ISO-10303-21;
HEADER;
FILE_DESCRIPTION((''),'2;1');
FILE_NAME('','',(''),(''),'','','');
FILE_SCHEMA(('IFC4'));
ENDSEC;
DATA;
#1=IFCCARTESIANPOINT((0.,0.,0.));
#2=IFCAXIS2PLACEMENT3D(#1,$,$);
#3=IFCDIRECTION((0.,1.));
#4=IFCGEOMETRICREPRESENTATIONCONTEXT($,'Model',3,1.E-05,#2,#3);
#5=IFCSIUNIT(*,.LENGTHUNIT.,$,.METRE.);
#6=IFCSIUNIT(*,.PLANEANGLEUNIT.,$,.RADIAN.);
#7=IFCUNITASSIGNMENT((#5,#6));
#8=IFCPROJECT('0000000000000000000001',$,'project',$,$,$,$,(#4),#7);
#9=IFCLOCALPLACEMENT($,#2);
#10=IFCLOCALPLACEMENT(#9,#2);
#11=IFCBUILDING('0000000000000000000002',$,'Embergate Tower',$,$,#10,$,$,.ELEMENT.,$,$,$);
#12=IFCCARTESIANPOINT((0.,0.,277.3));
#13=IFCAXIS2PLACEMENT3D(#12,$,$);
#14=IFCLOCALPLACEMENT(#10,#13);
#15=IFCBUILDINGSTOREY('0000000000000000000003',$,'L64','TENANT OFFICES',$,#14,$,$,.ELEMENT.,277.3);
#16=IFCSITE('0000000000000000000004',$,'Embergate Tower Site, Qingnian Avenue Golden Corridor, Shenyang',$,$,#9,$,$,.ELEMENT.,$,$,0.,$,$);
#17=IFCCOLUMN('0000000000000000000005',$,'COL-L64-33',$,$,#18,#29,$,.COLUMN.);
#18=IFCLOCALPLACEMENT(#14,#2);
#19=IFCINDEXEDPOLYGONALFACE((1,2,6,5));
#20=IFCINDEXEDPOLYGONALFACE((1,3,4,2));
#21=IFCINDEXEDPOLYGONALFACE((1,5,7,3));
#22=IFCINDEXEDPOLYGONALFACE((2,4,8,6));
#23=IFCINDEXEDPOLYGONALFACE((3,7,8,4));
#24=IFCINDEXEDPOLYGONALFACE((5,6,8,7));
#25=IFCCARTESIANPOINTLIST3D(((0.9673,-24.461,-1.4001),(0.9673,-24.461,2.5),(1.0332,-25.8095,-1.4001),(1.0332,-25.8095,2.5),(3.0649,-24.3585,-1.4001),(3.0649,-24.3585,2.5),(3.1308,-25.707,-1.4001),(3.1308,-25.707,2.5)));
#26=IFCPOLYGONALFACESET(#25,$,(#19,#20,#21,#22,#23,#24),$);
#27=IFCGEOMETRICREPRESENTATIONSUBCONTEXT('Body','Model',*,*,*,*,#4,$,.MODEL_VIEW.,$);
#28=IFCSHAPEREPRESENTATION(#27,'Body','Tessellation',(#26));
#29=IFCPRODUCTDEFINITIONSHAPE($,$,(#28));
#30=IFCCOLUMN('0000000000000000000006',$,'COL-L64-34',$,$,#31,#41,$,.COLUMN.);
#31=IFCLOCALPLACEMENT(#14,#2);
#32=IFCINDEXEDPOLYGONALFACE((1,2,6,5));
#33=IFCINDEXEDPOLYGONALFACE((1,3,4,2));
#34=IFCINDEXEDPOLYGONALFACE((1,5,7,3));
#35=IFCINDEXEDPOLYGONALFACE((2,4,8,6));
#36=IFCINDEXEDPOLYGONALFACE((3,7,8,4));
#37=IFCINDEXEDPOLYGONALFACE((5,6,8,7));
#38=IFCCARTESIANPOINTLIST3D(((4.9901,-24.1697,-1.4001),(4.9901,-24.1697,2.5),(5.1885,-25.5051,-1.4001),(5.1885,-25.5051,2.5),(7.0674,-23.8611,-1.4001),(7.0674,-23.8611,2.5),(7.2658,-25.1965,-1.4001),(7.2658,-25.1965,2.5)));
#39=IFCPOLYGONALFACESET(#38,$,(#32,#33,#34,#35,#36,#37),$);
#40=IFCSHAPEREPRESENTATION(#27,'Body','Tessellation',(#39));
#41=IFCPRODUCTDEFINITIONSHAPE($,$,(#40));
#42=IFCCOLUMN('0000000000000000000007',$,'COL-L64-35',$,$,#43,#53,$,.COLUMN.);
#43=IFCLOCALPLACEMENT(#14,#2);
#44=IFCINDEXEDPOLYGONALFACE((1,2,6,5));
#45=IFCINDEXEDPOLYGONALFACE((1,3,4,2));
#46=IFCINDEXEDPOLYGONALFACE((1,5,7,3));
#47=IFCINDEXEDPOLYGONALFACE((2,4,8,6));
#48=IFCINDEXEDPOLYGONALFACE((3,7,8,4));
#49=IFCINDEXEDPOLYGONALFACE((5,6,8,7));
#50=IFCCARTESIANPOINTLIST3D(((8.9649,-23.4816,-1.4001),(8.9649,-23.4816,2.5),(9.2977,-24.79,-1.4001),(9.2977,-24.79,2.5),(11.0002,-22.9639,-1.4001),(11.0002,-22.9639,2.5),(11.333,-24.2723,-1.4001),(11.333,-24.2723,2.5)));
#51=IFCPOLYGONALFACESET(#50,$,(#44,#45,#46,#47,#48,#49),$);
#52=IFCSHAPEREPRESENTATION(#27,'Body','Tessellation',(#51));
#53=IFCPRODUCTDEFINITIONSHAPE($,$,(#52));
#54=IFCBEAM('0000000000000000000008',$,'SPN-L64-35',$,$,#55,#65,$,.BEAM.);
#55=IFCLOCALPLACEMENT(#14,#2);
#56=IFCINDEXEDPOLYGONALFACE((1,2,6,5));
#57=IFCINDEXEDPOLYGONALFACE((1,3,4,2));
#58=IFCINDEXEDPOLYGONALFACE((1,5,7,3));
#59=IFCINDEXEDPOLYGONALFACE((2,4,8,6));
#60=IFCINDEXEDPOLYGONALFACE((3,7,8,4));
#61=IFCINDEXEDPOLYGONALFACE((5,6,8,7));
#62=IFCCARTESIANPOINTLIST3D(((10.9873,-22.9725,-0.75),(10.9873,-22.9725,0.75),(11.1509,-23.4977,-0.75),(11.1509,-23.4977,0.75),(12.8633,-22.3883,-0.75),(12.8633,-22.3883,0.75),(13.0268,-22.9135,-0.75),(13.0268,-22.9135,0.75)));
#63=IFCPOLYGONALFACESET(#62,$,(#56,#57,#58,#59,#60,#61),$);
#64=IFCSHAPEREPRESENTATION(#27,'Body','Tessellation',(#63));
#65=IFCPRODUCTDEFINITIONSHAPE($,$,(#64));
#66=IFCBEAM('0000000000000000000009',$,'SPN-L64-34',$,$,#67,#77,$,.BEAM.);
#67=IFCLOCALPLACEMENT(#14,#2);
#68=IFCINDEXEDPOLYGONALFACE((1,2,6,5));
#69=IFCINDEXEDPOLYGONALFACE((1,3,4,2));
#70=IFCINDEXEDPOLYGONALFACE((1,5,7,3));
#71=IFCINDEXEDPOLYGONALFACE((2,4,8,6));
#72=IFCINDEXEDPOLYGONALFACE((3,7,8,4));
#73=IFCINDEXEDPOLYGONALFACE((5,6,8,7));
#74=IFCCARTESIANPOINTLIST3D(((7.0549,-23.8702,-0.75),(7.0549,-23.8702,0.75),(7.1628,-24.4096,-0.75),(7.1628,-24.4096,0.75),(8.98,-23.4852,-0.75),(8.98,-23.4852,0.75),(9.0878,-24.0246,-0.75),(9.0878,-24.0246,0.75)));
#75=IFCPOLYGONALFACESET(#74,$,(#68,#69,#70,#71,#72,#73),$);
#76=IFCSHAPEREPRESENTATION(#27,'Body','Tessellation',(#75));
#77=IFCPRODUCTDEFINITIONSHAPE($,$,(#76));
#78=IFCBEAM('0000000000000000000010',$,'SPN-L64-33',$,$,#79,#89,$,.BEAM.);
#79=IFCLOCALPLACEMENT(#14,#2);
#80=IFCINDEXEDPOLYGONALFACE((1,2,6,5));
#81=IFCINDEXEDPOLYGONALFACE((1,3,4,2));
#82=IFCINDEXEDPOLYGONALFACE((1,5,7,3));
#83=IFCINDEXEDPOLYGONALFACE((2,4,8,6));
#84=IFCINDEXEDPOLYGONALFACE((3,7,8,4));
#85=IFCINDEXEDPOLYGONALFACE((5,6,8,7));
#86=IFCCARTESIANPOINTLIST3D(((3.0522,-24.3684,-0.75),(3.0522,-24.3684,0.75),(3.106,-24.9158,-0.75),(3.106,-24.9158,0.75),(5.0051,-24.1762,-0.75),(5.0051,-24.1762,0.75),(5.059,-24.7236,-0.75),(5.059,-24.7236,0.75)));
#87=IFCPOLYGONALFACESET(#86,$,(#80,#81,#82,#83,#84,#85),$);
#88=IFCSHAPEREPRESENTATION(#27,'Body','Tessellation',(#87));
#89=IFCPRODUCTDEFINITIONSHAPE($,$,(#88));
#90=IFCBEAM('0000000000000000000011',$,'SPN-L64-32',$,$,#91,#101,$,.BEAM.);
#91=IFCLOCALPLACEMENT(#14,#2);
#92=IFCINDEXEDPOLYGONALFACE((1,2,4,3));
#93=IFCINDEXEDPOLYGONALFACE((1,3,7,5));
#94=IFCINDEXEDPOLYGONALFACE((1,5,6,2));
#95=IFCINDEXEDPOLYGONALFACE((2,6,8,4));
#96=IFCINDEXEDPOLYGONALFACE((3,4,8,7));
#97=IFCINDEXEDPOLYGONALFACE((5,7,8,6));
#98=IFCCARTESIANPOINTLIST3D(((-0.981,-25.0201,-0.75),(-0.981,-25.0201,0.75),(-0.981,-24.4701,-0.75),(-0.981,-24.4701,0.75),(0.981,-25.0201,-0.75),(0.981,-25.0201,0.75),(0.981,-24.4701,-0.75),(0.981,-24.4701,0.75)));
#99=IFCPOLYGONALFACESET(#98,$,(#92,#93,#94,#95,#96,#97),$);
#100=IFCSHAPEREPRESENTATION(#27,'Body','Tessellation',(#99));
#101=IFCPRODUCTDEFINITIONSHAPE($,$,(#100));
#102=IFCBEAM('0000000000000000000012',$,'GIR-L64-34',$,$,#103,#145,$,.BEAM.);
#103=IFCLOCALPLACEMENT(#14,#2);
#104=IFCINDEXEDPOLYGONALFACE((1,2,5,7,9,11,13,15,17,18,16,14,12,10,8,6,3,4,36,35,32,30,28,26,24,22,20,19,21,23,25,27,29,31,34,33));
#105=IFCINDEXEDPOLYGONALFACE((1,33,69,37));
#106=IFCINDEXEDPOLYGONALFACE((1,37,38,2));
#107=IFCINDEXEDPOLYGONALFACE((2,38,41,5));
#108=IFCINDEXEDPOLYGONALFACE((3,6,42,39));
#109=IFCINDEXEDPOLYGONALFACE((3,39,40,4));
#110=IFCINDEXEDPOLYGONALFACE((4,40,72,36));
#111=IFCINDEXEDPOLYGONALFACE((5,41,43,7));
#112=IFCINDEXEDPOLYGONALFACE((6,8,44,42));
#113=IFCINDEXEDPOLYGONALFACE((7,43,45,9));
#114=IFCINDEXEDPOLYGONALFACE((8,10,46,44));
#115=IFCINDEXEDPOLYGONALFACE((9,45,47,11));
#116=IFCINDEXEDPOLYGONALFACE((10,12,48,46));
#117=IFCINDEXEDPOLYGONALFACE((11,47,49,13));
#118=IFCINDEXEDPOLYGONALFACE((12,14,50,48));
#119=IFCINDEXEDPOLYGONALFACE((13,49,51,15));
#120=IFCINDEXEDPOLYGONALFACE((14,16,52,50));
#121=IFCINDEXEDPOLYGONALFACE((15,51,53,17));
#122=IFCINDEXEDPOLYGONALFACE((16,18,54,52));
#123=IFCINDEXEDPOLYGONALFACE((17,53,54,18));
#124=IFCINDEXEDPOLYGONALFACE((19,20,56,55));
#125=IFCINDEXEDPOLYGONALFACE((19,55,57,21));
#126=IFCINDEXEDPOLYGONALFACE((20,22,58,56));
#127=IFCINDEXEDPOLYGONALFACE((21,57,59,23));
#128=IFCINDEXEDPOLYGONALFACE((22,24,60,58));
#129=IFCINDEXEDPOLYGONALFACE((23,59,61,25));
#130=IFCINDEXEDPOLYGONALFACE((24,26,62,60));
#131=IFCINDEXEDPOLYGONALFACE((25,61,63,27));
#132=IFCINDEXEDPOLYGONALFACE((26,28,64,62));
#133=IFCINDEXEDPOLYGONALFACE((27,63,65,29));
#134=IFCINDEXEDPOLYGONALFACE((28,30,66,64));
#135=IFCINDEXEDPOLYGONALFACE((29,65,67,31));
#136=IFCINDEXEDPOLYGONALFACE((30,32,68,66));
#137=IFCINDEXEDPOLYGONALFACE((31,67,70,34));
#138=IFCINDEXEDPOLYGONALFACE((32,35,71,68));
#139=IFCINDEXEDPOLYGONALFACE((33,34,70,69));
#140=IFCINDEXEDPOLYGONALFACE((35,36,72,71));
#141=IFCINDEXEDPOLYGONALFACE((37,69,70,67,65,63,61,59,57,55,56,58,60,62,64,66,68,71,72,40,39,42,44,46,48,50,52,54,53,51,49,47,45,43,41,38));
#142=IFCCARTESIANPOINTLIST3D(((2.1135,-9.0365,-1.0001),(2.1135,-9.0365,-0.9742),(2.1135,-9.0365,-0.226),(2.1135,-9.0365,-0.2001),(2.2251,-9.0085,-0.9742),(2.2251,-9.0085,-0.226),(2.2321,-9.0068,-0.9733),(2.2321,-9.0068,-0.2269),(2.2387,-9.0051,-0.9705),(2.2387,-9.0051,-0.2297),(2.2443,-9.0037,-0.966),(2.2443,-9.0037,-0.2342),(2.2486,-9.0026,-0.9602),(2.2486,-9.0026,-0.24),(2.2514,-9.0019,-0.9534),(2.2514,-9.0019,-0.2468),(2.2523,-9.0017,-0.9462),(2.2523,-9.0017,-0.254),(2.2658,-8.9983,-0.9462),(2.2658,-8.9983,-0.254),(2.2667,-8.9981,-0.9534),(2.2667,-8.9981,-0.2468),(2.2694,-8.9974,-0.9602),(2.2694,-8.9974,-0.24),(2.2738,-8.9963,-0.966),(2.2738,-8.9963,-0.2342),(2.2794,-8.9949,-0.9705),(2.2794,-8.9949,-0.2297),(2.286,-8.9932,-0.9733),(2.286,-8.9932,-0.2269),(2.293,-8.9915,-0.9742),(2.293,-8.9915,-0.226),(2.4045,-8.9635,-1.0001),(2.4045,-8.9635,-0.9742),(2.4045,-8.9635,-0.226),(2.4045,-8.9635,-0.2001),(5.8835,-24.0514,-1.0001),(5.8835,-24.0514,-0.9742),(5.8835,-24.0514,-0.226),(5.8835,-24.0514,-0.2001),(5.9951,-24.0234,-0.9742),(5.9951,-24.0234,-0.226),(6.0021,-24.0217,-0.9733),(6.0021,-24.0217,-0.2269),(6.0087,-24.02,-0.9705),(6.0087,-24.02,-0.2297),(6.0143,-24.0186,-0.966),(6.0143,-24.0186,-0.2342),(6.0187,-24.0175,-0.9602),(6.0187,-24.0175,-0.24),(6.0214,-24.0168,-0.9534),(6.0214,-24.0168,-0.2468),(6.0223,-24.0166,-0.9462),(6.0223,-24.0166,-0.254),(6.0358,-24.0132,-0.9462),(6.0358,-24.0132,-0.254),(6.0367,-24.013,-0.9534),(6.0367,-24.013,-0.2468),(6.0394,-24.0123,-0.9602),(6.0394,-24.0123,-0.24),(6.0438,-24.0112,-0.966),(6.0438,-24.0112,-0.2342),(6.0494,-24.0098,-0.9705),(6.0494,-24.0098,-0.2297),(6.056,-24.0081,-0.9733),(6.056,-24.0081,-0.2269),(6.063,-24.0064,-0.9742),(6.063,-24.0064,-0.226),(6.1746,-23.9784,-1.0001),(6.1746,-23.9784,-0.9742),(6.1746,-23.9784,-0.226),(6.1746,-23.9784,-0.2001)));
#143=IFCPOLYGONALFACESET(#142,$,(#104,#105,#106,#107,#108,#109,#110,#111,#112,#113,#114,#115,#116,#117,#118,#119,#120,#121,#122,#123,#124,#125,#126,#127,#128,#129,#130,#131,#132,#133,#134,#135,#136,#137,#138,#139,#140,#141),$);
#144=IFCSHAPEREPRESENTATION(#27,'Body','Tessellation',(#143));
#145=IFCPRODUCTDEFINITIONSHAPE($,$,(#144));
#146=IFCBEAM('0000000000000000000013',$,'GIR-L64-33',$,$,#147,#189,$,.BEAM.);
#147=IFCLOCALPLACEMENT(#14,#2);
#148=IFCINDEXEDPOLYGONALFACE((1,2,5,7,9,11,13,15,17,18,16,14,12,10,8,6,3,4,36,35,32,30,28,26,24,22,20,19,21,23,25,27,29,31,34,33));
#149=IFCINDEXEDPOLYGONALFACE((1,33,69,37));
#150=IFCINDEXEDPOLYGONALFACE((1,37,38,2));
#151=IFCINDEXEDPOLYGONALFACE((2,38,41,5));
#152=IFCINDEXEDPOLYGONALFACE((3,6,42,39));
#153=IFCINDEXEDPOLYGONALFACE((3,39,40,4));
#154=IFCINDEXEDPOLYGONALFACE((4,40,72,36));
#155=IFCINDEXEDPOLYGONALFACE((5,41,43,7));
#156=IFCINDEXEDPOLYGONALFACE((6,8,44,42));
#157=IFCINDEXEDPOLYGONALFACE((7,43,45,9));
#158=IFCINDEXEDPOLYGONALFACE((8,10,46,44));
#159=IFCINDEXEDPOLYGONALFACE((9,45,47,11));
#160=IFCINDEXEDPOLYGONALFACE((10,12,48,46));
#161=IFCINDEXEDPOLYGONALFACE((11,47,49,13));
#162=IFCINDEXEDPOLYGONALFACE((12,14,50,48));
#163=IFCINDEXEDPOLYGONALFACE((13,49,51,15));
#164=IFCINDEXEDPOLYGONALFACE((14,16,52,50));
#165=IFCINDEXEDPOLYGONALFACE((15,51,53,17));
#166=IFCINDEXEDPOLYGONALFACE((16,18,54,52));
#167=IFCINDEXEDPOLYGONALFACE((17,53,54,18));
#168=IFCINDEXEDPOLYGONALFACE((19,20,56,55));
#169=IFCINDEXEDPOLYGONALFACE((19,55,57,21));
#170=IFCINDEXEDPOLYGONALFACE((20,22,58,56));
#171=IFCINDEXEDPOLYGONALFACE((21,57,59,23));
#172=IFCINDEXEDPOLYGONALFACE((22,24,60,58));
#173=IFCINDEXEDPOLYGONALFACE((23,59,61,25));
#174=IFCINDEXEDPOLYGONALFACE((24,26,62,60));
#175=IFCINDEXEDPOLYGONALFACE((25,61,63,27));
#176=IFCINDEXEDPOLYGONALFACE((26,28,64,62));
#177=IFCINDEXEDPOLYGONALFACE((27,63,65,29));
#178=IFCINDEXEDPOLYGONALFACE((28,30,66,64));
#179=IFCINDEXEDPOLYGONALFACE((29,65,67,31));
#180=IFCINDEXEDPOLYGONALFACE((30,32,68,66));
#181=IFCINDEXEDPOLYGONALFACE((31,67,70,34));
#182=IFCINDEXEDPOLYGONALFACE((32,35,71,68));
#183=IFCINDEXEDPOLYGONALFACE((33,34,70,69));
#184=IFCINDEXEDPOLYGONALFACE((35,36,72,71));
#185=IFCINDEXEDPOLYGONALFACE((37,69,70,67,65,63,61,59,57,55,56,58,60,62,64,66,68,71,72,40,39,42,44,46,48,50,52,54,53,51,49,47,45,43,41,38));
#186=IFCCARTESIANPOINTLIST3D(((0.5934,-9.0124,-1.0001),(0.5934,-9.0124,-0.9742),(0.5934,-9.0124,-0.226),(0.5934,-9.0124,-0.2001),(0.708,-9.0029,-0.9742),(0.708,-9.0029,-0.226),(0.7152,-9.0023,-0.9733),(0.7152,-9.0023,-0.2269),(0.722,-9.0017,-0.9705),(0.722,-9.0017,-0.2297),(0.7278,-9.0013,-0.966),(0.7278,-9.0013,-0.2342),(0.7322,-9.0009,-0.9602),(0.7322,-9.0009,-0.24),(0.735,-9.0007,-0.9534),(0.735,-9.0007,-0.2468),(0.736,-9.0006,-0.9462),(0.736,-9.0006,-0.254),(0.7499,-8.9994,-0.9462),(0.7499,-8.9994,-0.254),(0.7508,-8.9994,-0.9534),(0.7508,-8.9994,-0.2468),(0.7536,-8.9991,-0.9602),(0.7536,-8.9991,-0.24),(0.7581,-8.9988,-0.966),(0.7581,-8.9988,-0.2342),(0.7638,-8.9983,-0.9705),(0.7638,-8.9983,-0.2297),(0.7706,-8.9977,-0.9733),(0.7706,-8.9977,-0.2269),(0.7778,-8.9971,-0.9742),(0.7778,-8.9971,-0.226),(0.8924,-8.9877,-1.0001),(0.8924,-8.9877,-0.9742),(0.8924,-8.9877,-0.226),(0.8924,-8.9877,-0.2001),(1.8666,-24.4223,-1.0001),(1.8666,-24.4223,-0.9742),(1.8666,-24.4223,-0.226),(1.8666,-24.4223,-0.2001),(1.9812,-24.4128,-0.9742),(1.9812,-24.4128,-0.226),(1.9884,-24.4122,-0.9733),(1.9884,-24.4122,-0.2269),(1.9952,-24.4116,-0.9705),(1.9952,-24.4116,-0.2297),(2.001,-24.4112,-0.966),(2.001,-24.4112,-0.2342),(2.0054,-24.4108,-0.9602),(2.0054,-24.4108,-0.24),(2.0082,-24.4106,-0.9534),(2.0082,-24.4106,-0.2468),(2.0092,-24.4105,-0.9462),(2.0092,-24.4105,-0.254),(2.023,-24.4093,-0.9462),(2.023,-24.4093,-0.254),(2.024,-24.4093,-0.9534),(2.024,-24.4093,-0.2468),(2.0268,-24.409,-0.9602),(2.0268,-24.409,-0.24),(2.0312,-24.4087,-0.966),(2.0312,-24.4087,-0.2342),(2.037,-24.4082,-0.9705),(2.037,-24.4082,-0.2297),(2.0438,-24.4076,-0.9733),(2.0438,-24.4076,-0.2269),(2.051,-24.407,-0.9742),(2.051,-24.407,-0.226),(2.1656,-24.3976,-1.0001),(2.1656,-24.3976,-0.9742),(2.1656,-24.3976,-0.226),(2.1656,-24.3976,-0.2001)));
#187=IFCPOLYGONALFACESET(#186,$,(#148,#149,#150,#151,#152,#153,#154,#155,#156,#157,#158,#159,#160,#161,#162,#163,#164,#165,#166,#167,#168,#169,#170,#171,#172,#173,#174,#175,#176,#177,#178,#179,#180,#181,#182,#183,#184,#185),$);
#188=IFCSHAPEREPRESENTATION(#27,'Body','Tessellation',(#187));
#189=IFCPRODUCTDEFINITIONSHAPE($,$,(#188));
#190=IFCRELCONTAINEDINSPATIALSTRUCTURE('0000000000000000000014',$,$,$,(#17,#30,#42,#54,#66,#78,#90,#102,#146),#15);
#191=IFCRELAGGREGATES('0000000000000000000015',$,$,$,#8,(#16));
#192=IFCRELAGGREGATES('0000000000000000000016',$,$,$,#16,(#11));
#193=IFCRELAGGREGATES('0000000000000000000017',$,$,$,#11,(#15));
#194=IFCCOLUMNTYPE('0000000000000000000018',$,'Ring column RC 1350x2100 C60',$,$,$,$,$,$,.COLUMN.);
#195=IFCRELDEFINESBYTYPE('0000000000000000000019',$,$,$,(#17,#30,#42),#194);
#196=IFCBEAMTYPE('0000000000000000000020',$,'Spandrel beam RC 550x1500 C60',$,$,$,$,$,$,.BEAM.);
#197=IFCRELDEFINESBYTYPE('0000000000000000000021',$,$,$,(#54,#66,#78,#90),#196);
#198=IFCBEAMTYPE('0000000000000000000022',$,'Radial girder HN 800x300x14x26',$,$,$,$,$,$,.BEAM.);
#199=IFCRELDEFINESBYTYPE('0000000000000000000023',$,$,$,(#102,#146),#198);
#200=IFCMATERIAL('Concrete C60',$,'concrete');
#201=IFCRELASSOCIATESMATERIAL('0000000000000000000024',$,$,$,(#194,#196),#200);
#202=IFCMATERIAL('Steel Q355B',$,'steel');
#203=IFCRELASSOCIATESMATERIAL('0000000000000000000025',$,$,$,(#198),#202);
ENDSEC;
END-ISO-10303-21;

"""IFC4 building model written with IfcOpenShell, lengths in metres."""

from ifc_helpers import new_model, si_unit, direction, frame, origin, origin_2d, place, context, subcontext, project, spatial, rectangle, i_section, extrude, source, transform, mapped, material, material_profile, profile_set, type_object, element, save


model = new_model("IFC4")

# Units and contexts
model_context = context("Model", 3, precision=1e-05, world=origin(), true_north=direction((0.0, 1.0)))
body_context = subcontext(model_context, "Body", "Model", "MODEL_VIEW")
ifc_project = project(units=[si_unit("LENGTHUNIT", "METRE"), si_unit("PLANEANGLEUNIT", "RADIAN")], contexts=[model_context])

# Site, building, storey
site_placement = place(None, origin())
site = spatial("IfcSite", under=ifc_project, at=site_placement, Name="Embergate Tower Site, Qingnian Avenue Golden Corridor, Shenyang", CompositionType="ELEMENT", RefElevation=0.0)
building_placement = place(site_placement, origin())
building = spatial("IfcBuilding", under=site, at=building_placement, Name="Embergate Tower", CompositionType="ELEMENT")
storey_placement = place(building_placement, frame((0.0, 0.0, 277.3)))
storey = spatial("IfcBuildingStorey", under=building, at=storey_placement, Name="L64", Description="TENANT OFFICES", CompositionType="ELEMENT", Elevation=277.3)

# Columns
ifc_material_1 = material(Name="Concrete C60", Category="concrete")
ifc_material_profile_1 = material_profile(ifc_material_1, rectangle(XDim=1.3501, YDim=2.1001, at=origin_2d()), Name="RC 1350x2100")
ifc_profile_set_1 = profile_set([ifc_material_profile_1], Name="Concrete C60")
column_type = type_object("IfcColumnType", Name="Ring column RC 1350x2100 C60", PredefinedType="COLUMN", material=ifc_profile_set_1)
shared_shape_1 = source(origin(), body_context, "Body", "SweptSolid", [
    extrude(rectangle(XDim=1.3501, YDim=2.1001, at=origin_2d()), origin(), (0.0, 0.0, 1.0), 3.9001),
])
for number, where, z_axis, x_axis, name in (
    (1, (2.0491, -25.084, -1.4001), (0.0, 0.0, 1.0), (0.048815, -0.998808, 0.0), "COL-L64-33"),
    (2, (6.1279, -24.6831, -1.4001), (0.0, 0.0, 1.0), (0.146929, -0.989147, 0.0), "COL-L64-34"),
    (3, (10.1489, -23.877, -1.4001), (0.0, 0.0, 1.0), (0.246492, -0.969145, 0.0), "COL-L64-35"),
):
    element("IfcColumn", number, at=place(storey_placement, frame(where, z_axis=z_axis, x_axis=x_axis)), inside=storey, type_object=column_type, Name=name, PredefinedType="COLUMN", context=body_context, shape_type="MappedRepresentation", body=[
        mapped(shared_shape_1, transform((0.0, 0.0, 0.0))),
    ])

# Beams
ifc_material_profile_2 = material_profile(ifc_material_1, rectangle(XDim=0.55, YDim=1.5, at=origin_2d()), Name="RC 550x1500")
ifc_profile_set_2 = profile_set([ifc_material_profile_2], Name="Concrete C60")
beam_type_1 = type_object("IfcBeamType", Name="Spandrel beam RC 550x1500 C60", PredefinedType="BEAM", material=ifc_profile_set_2)
shared_shape_2 = source(origin(), body_context, "Body", "SweptSolid", [
    extrude(rectangle(XDim=0.55, YDim=1.5, at=origin_2d()), origin(), (0.0, 0.0, 1.0), 1.9648),
])
beam_1_placement = place(storey_placement, frame((11.0691, -23.2351, 0.0), z_axis=(0.954771, 0.297341, 0.0), x_axis=(-0.297341, 0.954771, 0.0)))
element("IfcBeam", 4, at=beam_1_placement, inside=storey, type_object=beam_type_1, Name="SPN-L64-35", PredefinedType="BEAM", context=body_context, shape_type="MappedRepresentation", body=[
    mapped(shared_shape_2, transform((0.0, 0.0, 0.0))),
])
shared_shape_3 = source(origin(), body_context, "Body", "SweptSolid", [
    extrude(rectangle(XDim=0.55, YDim=1.5, at=origin_2d()), origin(), (0.0, 0.0, 1.0), 1.9631),
])
beam_2_placement = place(storey_placement, frame((7.1089, -24.1399, 0.0), z_axis=(0.980581, 0.196116, 0.0), x_axis=(-0.196116, 0.980581, 0.0)))
element("IfcBeam", 5, at=beam_2_placement, inside=storey, type_object=beam_type_1, Name="SPN-L64-34", PredefinedType="BEAM", context=body_context, shape_type="MappedRepresentation", body=[
    mapped(shared_shape_3, transform((0.0, 0.0, 0.0))),
])
shared_shape_4 = source(origin(), body_context, "Body", "SweptSolid", [
    extrude(rectangle(XDim=0.55, YDim=1.5, at=origin_2d()), origin(), (0.0, 0.0, 1.0), 1.9624),
])
beam_3_placement = place(storey_placement, frame((3.0791, -24.6421, 0.0), z_axis=(0.995195, 0.097915, 0.0), x_axis=(-0.097915, 0.995195, 0.0)))
element("IfcBeam", 6, at=beam_3_placement, inside=storey, type_object=beam_type_1, Name="SPN-L64-33", PredefinedType="BEAM", context=body_context, shape_type="MappedRepresentation", body=[
    mapped(shared_shape_4, transform((0.0, 0.0, 0.0))),
])
shared_shape_5 = source(origin(), body_context, "Body", "SweptSolid", [
    extrude(rectangle(XDim=0.55, YDim=1.5, at=origin_2d()), origin(), (0.0, 0.0, 1.0), 1.9619),
])
beam_4_placement = place(storey_placement, frame((-0.981, -24.7451, 0.0), z_axis=(1.0, 0.0, 0.0), x_axis=(0.0, 1.0, 0.0)))
element("IfcBeam", 7, at=beam_4_placement, inside=storey, type_object=beam_type_1, Name="SPN-L64-32", PredefinedType="BEAM", context=body_context, shape_type="MappedRepresentation", body=[
    mapped(shared_shape_5, transform((0.0, 0.0, 0.0))),
])
ifc_material_2 = material(Name="Steel Q355B", Category="steel")
ifc_material_profile_3 = material_profile(ifc_material_2, i_section(OverallWidth=0.3, OverallDepth=0.8, WebThickness=0.0139, FlangeThickness=0.0259, FilletRadius=0.0281, at=origin_2d()), Name="HN 800x300x14x26")
ifc_profile_set_3 = profile_set([ifc_material_profile_3], Name="Steel Q355 grade B")
beam_type_2 = type_object("IfcBeamType", Name="Radial girder HN 800x300x14x26", PredefinedType="BEAM", material=ifc_profile_set_3)
shared_shape_6 = source(origin(), body_context, "Body", "SweptSolid", [
    extrude(i_section(OverallWidth=0.3, OverallDepth=0.8, WebThickness=0.0139, FlangeThickness=0.0259, FilletRadius=0.0281, at=origin_2d()), origin(), (0.0, 0.0, 1.0), 15.481),
])
beam_5_placement = place(storey_placement, frame((6.0291, -24.0149, -0.6001), z_axis=(-0.243526, 0.969894, 0.0), x_axis=(-0.969894, -0.243526, 0.0)))
element("IfcBeam", 8, at=beam_5_placement, inside=storey, type_object=beam_type_2, Name="GIR-L64-34", PredefinedType="BEAM", context=body_context, shape_type="MappedRepresentation", body=[
    mapped(shared_shape_6, transform((0.0, 0.0, 0.0))),
])
shared_shape_7 = source(origin(), body_context, "Body", "SweptSolid", [
    extrude(i_section(OverallWidth=0.3, OverallDepth=0.8, WebThickness=0.0139, FlangeThickness=0.0259, FilletRadius=0.0281, at=origin_2d()), origin(), (0.0, 0.0, 1.0), 15.4624),
])
beam_6_placement = place(storey_placement, frame((2.0161, -24.4099, -0.6001), z_axis=(-0.082341, 0.996604, 0.0), x_axis=(-0.996604, -0.082341, 0.0)))
element("IfcBeam", 9, at=beam_6_placement, inside=storey, type_object=beam_type_2, Name="GIR-L64-33", PredefinedType="BEAM", context=body_context, shape_type="MappedRepresentation", body=[
    mapped(shared_shape_7, transform((0.0, 0.0, 0.0))),
])

save(model, "model.ifc")
